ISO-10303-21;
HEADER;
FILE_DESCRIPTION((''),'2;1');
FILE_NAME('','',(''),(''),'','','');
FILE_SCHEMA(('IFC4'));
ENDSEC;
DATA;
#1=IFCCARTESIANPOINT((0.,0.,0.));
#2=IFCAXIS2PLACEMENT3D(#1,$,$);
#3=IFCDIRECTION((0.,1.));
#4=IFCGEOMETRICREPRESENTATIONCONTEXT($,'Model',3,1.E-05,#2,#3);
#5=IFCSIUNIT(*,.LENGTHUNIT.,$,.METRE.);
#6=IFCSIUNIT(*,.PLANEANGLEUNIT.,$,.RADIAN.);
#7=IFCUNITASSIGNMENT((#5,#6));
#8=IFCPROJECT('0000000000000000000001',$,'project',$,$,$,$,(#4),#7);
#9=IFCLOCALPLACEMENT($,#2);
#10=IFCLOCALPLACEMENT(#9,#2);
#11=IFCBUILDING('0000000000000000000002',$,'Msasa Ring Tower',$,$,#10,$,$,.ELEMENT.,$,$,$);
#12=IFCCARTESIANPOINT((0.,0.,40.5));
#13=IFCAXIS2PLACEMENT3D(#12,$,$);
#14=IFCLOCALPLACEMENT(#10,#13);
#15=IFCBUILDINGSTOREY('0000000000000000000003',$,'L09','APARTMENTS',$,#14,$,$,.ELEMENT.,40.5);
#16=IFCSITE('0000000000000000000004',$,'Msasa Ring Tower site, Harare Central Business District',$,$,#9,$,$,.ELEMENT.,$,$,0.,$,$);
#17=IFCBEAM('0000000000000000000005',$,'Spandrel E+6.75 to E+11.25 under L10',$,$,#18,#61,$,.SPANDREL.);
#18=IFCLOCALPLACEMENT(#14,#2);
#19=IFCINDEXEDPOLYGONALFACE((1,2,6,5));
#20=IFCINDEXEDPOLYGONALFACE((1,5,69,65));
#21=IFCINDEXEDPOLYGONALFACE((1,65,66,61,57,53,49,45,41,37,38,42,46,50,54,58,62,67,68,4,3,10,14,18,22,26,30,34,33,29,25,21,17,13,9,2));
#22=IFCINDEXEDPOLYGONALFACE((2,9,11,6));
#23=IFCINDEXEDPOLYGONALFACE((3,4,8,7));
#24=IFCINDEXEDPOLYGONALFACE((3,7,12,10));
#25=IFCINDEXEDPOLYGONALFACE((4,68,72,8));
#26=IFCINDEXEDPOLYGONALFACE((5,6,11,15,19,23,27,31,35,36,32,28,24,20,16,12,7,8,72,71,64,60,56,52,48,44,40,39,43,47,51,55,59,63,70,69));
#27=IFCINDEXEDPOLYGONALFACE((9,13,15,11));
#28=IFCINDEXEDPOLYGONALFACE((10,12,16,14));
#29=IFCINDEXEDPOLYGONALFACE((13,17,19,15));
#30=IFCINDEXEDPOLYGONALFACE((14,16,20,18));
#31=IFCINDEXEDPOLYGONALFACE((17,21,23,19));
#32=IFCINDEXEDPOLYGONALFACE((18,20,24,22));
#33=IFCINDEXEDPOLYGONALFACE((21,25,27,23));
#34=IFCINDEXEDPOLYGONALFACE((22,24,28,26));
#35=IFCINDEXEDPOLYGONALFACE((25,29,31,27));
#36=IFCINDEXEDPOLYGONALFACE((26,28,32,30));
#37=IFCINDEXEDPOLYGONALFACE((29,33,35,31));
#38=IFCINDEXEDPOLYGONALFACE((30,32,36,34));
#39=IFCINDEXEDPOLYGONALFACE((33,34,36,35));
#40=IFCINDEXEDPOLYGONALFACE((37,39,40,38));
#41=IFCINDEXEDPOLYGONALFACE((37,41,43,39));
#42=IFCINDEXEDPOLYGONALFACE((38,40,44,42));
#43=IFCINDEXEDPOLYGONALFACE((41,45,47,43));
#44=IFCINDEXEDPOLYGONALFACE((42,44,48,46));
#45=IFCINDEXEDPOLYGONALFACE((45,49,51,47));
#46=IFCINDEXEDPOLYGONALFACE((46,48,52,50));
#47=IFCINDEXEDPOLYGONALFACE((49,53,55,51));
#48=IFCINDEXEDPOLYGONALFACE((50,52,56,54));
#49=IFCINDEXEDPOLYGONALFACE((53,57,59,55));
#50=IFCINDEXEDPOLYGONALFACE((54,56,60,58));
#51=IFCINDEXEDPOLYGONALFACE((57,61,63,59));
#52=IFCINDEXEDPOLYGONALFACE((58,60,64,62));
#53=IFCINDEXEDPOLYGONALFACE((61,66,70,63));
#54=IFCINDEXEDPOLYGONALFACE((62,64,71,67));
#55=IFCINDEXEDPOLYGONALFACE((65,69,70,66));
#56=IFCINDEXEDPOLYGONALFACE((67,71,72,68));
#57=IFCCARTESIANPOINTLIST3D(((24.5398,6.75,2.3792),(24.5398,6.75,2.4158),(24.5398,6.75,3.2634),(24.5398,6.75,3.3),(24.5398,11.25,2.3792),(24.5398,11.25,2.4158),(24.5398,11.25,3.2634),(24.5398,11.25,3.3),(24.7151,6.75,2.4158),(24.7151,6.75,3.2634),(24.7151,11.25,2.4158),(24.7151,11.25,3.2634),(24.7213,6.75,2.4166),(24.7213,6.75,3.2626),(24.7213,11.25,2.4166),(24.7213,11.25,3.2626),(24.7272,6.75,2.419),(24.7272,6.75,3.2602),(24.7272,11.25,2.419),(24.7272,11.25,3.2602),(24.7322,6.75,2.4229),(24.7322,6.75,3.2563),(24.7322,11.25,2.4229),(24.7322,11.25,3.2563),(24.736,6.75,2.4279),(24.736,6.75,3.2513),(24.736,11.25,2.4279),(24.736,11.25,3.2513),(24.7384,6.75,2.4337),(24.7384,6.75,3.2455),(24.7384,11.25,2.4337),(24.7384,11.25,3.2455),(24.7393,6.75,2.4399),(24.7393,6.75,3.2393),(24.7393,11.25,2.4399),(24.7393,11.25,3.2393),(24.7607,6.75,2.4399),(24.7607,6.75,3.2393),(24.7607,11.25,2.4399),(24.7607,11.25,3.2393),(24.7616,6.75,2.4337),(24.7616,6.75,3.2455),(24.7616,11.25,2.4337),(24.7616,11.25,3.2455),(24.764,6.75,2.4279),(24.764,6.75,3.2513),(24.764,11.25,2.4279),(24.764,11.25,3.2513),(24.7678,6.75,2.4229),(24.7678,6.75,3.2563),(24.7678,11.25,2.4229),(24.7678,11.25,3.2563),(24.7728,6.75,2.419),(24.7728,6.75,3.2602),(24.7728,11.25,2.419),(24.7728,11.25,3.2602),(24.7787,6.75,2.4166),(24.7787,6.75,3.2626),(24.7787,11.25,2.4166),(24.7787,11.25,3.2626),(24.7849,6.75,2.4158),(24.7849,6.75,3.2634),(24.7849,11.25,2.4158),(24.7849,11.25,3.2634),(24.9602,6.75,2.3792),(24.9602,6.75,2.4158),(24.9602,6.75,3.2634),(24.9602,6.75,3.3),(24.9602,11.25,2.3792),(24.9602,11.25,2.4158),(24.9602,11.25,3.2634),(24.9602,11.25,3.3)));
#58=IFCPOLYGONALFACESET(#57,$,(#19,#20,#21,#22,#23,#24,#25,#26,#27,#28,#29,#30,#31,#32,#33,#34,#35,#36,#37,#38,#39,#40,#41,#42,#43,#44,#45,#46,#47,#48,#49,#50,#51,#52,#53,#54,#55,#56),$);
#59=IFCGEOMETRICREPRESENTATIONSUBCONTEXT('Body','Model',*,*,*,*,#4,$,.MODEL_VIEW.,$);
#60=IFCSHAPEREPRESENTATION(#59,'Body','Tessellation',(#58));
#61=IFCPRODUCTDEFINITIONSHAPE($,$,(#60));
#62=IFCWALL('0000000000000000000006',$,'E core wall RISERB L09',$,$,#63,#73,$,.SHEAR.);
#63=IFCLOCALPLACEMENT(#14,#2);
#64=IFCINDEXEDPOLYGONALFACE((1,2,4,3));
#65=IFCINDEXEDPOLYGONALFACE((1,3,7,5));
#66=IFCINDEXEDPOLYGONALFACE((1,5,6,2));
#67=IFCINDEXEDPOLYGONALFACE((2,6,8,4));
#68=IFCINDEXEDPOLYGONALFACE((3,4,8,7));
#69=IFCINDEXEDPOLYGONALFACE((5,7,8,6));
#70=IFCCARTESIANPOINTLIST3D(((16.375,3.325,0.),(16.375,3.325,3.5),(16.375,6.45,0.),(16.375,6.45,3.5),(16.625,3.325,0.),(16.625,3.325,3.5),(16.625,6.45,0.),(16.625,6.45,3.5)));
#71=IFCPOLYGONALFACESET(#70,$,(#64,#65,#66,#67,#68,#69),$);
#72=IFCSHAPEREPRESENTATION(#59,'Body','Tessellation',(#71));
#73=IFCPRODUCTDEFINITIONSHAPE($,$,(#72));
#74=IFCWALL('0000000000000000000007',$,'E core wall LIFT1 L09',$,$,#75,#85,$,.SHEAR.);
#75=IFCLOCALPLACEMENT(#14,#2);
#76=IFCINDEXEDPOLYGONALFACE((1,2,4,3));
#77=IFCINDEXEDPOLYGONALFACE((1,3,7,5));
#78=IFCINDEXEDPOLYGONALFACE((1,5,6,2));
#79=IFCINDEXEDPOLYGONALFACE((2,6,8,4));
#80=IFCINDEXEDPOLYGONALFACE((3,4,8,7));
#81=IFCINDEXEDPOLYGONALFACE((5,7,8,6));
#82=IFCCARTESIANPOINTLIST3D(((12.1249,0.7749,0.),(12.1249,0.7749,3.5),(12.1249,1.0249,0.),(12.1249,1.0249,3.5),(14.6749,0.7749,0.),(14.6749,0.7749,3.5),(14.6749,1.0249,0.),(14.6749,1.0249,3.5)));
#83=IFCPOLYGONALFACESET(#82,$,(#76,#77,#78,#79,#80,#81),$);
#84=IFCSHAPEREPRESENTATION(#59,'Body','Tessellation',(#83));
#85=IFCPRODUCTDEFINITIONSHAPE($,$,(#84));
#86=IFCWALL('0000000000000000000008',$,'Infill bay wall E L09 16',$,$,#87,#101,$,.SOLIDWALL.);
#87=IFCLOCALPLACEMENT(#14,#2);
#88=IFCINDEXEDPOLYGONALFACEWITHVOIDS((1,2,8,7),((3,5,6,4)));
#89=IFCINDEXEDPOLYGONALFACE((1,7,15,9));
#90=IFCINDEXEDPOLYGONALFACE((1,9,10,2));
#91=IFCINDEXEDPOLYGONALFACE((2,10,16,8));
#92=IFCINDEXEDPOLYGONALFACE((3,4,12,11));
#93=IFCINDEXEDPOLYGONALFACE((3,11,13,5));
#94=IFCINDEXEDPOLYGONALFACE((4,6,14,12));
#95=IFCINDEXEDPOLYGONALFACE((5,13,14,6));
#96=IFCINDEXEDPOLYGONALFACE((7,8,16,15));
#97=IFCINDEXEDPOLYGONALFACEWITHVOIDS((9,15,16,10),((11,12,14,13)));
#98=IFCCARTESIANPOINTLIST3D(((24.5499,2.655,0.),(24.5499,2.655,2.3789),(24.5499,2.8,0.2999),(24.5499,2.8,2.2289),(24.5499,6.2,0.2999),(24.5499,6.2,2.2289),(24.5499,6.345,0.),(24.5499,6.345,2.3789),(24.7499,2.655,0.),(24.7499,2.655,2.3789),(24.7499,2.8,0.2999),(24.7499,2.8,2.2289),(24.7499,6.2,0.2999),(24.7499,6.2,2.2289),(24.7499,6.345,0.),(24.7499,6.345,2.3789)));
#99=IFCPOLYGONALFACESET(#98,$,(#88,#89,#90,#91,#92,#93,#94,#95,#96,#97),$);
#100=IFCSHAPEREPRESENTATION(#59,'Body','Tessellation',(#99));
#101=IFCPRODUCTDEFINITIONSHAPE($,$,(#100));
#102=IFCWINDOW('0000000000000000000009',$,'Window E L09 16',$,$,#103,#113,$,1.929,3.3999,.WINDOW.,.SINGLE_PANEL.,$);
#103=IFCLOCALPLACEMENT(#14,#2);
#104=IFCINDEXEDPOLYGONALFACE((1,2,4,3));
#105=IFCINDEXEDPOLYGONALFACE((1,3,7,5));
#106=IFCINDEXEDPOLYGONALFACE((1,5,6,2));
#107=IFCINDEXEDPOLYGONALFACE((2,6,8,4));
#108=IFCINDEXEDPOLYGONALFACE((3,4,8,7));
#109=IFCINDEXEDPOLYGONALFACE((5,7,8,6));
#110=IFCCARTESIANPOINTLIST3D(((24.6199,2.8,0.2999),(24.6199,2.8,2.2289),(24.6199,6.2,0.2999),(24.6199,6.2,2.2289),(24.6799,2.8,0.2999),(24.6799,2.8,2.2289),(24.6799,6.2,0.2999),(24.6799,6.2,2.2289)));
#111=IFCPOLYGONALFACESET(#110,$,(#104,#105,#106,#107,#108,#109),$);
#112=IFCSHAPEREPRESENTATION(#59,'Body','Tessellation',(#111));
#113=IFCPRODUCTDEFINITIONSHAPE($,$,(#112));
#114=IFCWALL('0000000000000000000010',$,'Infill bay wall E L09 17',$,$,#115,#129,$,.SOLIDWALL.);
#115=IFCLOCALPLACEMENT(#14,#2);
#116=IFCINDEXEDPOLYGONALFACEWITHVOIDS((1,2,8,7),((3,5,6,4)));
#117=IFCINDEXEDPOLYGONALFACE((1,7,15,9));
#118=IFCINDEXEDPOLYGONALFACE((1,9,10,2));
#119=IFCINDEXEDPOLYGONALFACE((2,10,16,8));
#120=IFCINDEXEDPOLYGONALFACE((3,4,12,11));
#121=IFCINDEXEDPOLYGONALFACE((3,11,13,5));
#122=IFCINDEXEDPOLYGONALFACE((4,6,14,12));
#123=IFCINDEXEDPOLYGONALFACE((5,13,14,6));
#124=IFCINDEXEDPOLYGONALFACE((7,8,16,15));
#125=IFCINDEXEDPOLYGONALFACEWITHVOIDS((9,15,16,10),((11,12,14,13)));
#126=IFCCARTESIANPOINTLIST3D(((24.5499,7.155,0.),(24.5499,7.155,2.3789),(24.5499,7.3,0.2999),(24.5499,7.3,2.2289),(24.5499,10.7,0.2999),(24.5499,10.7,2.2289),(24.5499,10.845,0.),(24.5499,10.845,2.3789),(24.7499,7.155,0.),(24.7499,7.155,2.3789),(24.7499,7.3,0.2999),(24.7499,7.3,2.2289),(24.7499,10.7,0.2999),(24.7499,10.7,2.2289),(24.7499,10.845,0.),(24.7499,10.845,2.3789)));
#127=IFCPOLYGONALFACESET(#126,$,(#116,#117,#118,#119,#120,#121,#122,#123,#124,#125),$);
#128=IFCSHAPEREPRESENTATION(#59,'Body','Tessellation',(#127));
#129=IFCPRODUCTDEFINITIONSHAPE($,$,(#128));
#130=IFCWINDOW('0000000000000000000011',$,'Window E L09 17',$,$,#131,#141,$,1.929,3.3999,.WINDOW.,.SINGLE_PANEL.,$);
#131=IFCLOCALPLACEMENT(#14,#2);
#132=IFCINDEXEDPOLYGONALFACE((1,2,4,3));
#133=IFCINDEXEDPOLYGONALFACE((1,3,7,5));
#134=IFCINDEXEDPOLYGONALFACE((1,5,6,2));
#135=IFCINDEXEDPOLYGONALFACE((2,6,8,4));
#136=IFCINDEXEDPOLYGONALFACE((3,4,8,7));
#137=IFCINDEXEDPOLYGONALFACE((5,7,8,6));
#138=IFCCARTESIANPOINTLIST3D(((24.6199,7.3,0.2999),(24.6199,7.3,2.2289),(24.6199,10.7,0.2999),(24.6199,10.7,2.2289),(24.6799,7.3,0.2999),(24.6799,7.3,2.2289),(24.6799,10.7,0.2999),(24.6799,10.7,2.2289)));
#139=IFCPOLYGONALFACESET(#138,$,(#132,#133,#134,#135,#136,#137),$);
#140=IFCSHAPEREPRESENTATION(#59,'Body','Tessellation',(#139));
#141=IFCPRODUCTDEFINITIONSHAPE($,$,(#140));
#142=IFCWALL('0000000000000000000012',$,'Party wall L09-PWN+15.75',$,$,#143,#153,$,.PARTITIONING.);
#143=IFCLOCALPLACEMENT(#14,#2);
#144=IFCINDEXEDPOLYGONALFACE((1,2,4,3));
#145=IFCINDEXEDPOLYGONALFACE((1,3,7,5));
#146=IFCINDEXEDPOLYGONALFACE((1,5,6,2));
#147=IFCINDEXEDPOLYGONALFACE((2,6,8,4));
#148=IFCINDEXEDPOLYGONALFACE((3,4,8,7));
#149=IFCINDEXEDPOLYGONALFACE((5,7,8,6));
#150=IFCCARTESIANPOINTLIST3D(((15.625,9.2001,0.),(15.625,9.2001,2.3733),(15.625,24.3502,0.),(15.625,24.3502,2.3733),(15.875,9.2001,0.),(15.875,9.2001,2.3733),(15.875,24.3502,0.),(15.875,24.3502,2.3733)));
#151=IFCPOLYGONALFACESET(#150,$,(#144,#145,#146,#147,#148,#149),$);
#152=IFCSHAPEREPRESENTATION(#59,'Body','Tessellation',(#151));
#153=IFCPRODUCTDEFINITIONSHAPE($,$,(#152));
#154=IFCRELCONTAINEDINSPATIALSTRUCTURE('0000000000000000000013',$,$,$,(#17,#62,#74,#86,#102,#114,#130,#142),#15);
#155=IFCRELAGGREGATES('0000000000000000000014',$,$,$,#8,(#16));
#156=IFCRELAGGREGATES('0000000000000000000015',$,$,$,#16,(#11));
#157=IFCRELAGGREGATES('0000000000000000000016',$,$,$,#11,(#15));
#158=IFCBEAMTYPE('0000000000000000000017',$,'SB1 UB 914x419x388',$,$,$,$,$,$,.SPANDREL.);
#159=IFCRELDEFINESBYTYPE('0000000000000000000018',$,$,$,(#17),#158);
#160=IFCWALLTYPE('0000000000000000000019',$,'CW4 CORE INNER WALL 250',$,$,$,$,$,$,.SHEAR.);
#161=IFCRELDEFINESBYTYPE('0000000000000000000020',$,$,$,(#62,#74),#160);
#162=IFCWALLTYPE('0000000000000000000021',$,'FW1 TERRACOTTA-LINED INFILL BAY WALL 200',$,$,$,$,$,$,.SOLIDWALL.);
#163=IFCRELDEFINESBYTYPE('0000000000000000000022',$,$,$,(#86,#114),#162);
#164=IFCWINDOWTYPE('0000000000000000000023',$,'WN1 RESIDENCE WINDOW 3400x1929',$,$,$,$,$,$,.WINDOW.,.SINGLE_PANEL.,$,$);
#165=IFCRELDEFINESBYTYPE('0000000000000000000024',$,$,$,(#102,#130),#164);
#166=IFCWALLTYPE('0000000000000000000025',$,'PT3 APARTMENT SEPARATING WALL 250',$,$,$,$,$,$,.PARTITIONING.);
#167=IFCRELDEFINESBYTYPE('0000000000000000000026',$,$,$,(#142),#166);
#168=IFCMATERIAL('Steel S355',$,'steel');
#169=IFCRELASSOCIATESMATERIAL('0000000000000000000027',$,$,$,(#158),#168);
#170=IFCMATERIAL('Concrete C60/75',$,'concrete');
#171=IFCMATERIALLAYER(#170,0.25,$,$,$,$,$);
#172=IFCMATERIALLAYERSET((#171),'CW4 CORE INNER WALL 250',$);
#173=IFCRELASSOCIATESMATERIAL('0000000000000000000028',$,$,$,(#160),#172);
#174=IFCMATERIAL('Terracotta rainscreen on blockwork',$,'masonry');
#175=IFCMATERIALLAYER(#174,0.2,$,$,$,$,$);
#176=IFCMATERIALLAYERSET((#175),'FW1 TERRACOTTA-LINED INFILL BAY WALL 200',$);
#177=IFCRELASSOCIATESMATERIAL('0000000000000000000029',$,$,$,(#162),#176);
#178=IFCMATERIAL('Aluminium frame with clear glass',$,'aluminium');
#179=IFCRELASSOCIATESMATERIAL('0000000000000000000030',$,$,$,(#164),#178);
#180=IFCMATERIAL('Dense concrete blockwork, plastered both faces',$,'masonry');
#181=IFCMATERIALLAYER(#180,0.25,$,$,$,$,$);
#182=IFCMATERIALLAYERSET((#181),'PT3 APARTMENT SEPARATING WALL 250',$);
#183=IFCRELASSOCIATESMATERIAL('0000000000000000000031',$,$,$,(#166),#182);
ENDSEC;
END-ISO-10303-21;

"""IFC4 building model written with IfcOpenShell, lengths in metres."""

from ifc_helpers import new_model, si_unit, direction, frame, frame_2d, origin, origin_2d, place, context, subcontext, project, spatial, rectangle, i_section, extrude, material, layer, layer_set, material_profile, profile_set, type_object, element, fill, save


model = new_model("IFC4")

# Units and contexts
model_context = context("Model", 3, precision=1e-05, world=origin(), true_north=direction((0.0, 1.0)))
body_context = subcontext(model_context, "Body", "Model", "MODEL_VIEW")
ifc_project = project(units=[si_unit("LENGTHUNIT", "METRE"), si_unit("PLANEANGLEUNIT", "RADIAN")], contexts=[model_context])

# Site, building, storey
site_placement = place(None, origin())
site = spatial("IfcSite", under=ifc_project, at=site_placement, Name="Msasa Ring Tower site, Harare Central Business District", CompositionType="ELEMENT", RefElevation=0.0)
building_placement = place(site_placement, origin())
building = spatial("IfcBuilding", under=site, at=building_placement, Name="Msasa Ring Tower", CompositionType="ELEMENT")
storey_placement = place(building_placement, frame((0.0, 0.0, 40.5)))
storey = spatial("IfcBuildingStorey", under=building, at=storey_placement, Name="L09", Description="APARTMENTS", CompositionType="ELEMENT", Elevation=40.5)

# Beam
ifc_material_1 = material(Name="Steel S355", Category="steel")
ifc_material_profile_1 = material_profile(ifc_material_1, i_section(OverallWidth=0.4204, OverallDepth=0.9209, WebThickness=0.0215, FlangeThickness=0.0366, FilletRadius=0.0242, at=origin_2d()), Name="UB 914x419x388")
ifc_profile_set_1 = profile_set([ifc_material_profile_1], Name="Steel S355")
beam_type_1 = type_object("IfcBeamType", Name="SB1 UB 914x419x388", PredefinedType="SPANDREL", material=ifc_profile_set_1)
for number, where, z_axis, x_axis, name in (
    (1, (24.75, 6.75, 2.8396), (0.0, 1.0, 0.0), (-1.0, 0.0, 0.0), "Spandrel E+6.75 to E+11.25 under L10"),
):
    element("IfcBeam", number, at=place(storey_placement, frame(where, z_axis=z_axis, x_axis=x_axis)), inside=storey, type_object=beam_type_1, Name=name, PredefinedType="SPANDREL", context=body_context, shape_type="SweptSolid", body=[
        extrude(i_section(OverallWidth=0.4204, OverallDepth=0.9209, WebThickness=0.0215, FlangeThickness=0.0366, FilletRadius=0.0242, at=origin_2d()), origin(), (0.0, 0.0, 1.0), 4.5),
    ])

# Walls
ifc_material_2 = material(Name="Concrete C60/75", Category="concrete")
ifc_layer_1 = layer(ifc_material_2, 0.25)
ifc_layer_set_1 = layer_set([ifc_layer_1], Name="CW4 CORE INNER WALL 250")
wall_type_1 = type_object("IfcWallType", Name="CW4 CORE INNER WALL 250", PredefinedType="SHEAR", material=ifc_layer_set_1)
wall_1_placement = place(storey_placement, frame((16.5, 3.325, 0.0), z_axis=(0.0, 0.0, 1.0), x_axis=(0.0, 1.0, 0.0)))
element("IfcWall", 2, at=wall_1_placement, inside=storey, type_object=wall_type_1, Name="E core wall RISERB L09", PredefinedType="SHEAR", context=body_context, shape_type="SweptSolid", body=[
    extrude(rectangle(XDim=3.125, YDim=0.25, at=frame_2d((1.5625, 0.0))), origin(), (0.0, 0.0, 1.0), 3.5),
])
wall_2_placement = place(storey_placement, frame((12.125, 0.8999, 0.0), z_axis=(0.0, 0.0, 1.0), x_axis=(1.0, 0.0, 0.0)))
element("IfcWall", 3, at=wall_2_placement, inside=storey, type_object=wall_type_1, Name="E core wall LIFT1 L09", PredefinedType="SHEAR", context=body_context, shape_type="SweptSolid", body=[
    extrude(rectangle(XDim=2.55, YDim=0.25, at=frame_2d((1.2749, 0.0))), origin(), (0.0, 0.0, 1.0), 3.5),
])

# Walls, openings, windows
ifc_material_3 = material(Name="Terracotta rainscreen on blockwork", Category="masonry")
ifc_layer_2 = layer(ifc_material_3, 0.2)
ifc_layer_set_2 = layer_set([ifc_layer_2], Name="FW1 TERRACOTTA-LINED INFILL BAY WALL 200")
wall_type_2 = type_object("IfcWallType", Name="FW1 TERRACOTTA-LINED INFILL BAY WALL 200", PredefinedType="SOLIDWALL", material=ifc_layer_set_2)
wall_3_placement = place(storey_placement, frame((24.6499, 2.655, 0.0), z_axis=(0.0, 0.0, 1.0), x_axis=(0.0, 1.0, 0.0)))
wall_3 = element("IfcWall", 4, at=wall_3_placement, inside=storey, type_object=wall_type_2, Name="Infill bay wall E L09 16", PredefinedType="SOLIDWALL", context=body_context, shape_type="SweptSolid", body=[
    extrude(rectangle(XDim=3.6899, YDim=0.2, at=frame_2d((1.845, 0.0))), origin(), (0.0, 0.0, 1.0), 2.3789),
])
opening_1_placement = place(wall_3_placement, frame((0.145, 0.0, 0.3)))
opening_1 = element("IfcOpeningElement", 5, at=opening_1_placement, cuts=wall_3, PredefinedType="OPENING", context=body_context, shape_type="SweptSolid", body=[
    extrude(rectangle(XDim=3.3999, YDim=1.929, at=frame_2d((1.7, 0.9644))), frame((0.0, 0.1099, 0.0), z_axis=(0.0, -1.0, 0.0), x_axis=(1.0, 0.0, 0.0)), (0.0, 0.0, 1.0), 0.22),
])
ifc_material_4 = material(Name="Aluminium frame with clear glass", Category="aluminium")
window_type = type_object("IfcWindowType", Name="WN1 RESIDENCE WINDOW 3400x1929", PartitioningType="SINGLE_PANEL", PredefinedType="WINDOW", material=ifc_material_4)
window_1_placement = place(opening_1_placement, origin())
window_1 = element("IfcWindow", 6, at=window_1_placement, inside=storey, type_object=window_type, Name="Window E L09 16", OverallHeight=1.929, OverallWidth=3.3999, PartitioningType="SINGLE_PANEL", PredefinedType="WINDOW", context=body_context, shape_type="SweptSolid", body=[
    extrude(rectangle(XDim=3.3999, YDim=1.929, at=frame_2d((1.7, 0.9644))), frame((0.0, 0.03, 0.0), z_axis=(0.0, -1.0, 0.0), x_axis=(1.0, 0.0, 0.0)), (0.0, 0.0, 1.0), 0.0601),
])
fill(opening_1, window_1)
wall_4_placement = place(storey_placement, frame((24.6499, 7.155, 0.0), z_axis=(0.0, 0.0, 1.0), x_axis=(0.0, 1.0, 0.0)))
wall_4 = element("IfcWall", 7, at=wall_4_placement, inside=storey, type_object=wall_type_2, Name="Infill bay wall E L09 17", PredefinedType="SOLIDWALL", context=body_context, shape_type="SweptSolid", body=[
    extrude(rectangle(XDim=3.6899, YDim=0.2, at=frame_2d((1.845, 0.0))), origin(), (0.0, 0.0, 1.0), 2.3789),
])
opening_2_placement = place(wall_4_placement, frame((0.145, 0.0, 0.3)))
opening_2 = element("IfcOpeningElement", 8, at=opening_2_placement, cuts=wall_4, PredefinedType="OPENING", context=body_context, shape_type="SweptSolid", body=[
    extrude(rectangle(XDim=3.3999, YDim=1.929, at=frame_2d((1.7, 0.9644))), frame((0.0, 0.1099, 0.0), z_axis=(0.0, -1.0, 0.0), x_axis=(1.0, 0.0, 0.0)), (0.0, 0.0, 1.0), 0.22),
])
window_2_placement = place(opening_2_placement, origin())
window_2 = element("IfcWindow", 9, at=window_2_placement, inside=storey, type_object=window_type, Name="Window E L09 17", OverallHeight=1.929, OverallWidth=3.3999, PartitioningType="SINGLE_PANEL", PredefinedType="WINDOW", context=body_context, shape_type="SweptSolid", body=[
    extrude(rectangle(XDim=3.3999, YDim=1.929, at=frame_2d((1.7, 0.9644))), frame((0.0, 0.03, 0.0), z_axis=(0.0, -1.0, 0.0), x_axis=(1.0, 0.0, 0.0)), (0.0, 0.0, 1.0), 0.0601),
])
fill(opening_2, window_2)

# Wall
ifc_material_5 = material(Name="Dense concrete blockwork, plastered both faces", Category="masonry")
ifc_layer_3 = layer(ifc_material_5, 0.25)
ifc_layer_set_3 = layer_set([ifc_layer_3], Name="PT3 APARTMENT SEPARATING WALL 250")
wall_type_3 = type_object("IfcWallType", Name="PT3 APARTMENT SEPARATING WALL 250", PredefinedType="PARTITIONING", material=ifc_layer_set_3)
wall_5_placement = place(storey_placement, frame((15.75, 9.2, 0.0), z_axis=(0.0, 0.0, 1.0), x_axis=(0.0, 1.0, 0.0)))
element("IfcWall", 10, at=wall_5_placement, inside=storey, type_object=wall_type_3, Name="Party wall L09-PWN+15.75", PredefinedType="PARTITIONING", context=body_context, shape_type="SweptSolid", body=[
    extrude(rectangle(XDim=15.1501, YDim=0.25, at=frame_2d((7.5752, 0.0))), origin(), (0.0, 0.0, 1.0), 2.3733),
])

save(model, "model.ifc")
